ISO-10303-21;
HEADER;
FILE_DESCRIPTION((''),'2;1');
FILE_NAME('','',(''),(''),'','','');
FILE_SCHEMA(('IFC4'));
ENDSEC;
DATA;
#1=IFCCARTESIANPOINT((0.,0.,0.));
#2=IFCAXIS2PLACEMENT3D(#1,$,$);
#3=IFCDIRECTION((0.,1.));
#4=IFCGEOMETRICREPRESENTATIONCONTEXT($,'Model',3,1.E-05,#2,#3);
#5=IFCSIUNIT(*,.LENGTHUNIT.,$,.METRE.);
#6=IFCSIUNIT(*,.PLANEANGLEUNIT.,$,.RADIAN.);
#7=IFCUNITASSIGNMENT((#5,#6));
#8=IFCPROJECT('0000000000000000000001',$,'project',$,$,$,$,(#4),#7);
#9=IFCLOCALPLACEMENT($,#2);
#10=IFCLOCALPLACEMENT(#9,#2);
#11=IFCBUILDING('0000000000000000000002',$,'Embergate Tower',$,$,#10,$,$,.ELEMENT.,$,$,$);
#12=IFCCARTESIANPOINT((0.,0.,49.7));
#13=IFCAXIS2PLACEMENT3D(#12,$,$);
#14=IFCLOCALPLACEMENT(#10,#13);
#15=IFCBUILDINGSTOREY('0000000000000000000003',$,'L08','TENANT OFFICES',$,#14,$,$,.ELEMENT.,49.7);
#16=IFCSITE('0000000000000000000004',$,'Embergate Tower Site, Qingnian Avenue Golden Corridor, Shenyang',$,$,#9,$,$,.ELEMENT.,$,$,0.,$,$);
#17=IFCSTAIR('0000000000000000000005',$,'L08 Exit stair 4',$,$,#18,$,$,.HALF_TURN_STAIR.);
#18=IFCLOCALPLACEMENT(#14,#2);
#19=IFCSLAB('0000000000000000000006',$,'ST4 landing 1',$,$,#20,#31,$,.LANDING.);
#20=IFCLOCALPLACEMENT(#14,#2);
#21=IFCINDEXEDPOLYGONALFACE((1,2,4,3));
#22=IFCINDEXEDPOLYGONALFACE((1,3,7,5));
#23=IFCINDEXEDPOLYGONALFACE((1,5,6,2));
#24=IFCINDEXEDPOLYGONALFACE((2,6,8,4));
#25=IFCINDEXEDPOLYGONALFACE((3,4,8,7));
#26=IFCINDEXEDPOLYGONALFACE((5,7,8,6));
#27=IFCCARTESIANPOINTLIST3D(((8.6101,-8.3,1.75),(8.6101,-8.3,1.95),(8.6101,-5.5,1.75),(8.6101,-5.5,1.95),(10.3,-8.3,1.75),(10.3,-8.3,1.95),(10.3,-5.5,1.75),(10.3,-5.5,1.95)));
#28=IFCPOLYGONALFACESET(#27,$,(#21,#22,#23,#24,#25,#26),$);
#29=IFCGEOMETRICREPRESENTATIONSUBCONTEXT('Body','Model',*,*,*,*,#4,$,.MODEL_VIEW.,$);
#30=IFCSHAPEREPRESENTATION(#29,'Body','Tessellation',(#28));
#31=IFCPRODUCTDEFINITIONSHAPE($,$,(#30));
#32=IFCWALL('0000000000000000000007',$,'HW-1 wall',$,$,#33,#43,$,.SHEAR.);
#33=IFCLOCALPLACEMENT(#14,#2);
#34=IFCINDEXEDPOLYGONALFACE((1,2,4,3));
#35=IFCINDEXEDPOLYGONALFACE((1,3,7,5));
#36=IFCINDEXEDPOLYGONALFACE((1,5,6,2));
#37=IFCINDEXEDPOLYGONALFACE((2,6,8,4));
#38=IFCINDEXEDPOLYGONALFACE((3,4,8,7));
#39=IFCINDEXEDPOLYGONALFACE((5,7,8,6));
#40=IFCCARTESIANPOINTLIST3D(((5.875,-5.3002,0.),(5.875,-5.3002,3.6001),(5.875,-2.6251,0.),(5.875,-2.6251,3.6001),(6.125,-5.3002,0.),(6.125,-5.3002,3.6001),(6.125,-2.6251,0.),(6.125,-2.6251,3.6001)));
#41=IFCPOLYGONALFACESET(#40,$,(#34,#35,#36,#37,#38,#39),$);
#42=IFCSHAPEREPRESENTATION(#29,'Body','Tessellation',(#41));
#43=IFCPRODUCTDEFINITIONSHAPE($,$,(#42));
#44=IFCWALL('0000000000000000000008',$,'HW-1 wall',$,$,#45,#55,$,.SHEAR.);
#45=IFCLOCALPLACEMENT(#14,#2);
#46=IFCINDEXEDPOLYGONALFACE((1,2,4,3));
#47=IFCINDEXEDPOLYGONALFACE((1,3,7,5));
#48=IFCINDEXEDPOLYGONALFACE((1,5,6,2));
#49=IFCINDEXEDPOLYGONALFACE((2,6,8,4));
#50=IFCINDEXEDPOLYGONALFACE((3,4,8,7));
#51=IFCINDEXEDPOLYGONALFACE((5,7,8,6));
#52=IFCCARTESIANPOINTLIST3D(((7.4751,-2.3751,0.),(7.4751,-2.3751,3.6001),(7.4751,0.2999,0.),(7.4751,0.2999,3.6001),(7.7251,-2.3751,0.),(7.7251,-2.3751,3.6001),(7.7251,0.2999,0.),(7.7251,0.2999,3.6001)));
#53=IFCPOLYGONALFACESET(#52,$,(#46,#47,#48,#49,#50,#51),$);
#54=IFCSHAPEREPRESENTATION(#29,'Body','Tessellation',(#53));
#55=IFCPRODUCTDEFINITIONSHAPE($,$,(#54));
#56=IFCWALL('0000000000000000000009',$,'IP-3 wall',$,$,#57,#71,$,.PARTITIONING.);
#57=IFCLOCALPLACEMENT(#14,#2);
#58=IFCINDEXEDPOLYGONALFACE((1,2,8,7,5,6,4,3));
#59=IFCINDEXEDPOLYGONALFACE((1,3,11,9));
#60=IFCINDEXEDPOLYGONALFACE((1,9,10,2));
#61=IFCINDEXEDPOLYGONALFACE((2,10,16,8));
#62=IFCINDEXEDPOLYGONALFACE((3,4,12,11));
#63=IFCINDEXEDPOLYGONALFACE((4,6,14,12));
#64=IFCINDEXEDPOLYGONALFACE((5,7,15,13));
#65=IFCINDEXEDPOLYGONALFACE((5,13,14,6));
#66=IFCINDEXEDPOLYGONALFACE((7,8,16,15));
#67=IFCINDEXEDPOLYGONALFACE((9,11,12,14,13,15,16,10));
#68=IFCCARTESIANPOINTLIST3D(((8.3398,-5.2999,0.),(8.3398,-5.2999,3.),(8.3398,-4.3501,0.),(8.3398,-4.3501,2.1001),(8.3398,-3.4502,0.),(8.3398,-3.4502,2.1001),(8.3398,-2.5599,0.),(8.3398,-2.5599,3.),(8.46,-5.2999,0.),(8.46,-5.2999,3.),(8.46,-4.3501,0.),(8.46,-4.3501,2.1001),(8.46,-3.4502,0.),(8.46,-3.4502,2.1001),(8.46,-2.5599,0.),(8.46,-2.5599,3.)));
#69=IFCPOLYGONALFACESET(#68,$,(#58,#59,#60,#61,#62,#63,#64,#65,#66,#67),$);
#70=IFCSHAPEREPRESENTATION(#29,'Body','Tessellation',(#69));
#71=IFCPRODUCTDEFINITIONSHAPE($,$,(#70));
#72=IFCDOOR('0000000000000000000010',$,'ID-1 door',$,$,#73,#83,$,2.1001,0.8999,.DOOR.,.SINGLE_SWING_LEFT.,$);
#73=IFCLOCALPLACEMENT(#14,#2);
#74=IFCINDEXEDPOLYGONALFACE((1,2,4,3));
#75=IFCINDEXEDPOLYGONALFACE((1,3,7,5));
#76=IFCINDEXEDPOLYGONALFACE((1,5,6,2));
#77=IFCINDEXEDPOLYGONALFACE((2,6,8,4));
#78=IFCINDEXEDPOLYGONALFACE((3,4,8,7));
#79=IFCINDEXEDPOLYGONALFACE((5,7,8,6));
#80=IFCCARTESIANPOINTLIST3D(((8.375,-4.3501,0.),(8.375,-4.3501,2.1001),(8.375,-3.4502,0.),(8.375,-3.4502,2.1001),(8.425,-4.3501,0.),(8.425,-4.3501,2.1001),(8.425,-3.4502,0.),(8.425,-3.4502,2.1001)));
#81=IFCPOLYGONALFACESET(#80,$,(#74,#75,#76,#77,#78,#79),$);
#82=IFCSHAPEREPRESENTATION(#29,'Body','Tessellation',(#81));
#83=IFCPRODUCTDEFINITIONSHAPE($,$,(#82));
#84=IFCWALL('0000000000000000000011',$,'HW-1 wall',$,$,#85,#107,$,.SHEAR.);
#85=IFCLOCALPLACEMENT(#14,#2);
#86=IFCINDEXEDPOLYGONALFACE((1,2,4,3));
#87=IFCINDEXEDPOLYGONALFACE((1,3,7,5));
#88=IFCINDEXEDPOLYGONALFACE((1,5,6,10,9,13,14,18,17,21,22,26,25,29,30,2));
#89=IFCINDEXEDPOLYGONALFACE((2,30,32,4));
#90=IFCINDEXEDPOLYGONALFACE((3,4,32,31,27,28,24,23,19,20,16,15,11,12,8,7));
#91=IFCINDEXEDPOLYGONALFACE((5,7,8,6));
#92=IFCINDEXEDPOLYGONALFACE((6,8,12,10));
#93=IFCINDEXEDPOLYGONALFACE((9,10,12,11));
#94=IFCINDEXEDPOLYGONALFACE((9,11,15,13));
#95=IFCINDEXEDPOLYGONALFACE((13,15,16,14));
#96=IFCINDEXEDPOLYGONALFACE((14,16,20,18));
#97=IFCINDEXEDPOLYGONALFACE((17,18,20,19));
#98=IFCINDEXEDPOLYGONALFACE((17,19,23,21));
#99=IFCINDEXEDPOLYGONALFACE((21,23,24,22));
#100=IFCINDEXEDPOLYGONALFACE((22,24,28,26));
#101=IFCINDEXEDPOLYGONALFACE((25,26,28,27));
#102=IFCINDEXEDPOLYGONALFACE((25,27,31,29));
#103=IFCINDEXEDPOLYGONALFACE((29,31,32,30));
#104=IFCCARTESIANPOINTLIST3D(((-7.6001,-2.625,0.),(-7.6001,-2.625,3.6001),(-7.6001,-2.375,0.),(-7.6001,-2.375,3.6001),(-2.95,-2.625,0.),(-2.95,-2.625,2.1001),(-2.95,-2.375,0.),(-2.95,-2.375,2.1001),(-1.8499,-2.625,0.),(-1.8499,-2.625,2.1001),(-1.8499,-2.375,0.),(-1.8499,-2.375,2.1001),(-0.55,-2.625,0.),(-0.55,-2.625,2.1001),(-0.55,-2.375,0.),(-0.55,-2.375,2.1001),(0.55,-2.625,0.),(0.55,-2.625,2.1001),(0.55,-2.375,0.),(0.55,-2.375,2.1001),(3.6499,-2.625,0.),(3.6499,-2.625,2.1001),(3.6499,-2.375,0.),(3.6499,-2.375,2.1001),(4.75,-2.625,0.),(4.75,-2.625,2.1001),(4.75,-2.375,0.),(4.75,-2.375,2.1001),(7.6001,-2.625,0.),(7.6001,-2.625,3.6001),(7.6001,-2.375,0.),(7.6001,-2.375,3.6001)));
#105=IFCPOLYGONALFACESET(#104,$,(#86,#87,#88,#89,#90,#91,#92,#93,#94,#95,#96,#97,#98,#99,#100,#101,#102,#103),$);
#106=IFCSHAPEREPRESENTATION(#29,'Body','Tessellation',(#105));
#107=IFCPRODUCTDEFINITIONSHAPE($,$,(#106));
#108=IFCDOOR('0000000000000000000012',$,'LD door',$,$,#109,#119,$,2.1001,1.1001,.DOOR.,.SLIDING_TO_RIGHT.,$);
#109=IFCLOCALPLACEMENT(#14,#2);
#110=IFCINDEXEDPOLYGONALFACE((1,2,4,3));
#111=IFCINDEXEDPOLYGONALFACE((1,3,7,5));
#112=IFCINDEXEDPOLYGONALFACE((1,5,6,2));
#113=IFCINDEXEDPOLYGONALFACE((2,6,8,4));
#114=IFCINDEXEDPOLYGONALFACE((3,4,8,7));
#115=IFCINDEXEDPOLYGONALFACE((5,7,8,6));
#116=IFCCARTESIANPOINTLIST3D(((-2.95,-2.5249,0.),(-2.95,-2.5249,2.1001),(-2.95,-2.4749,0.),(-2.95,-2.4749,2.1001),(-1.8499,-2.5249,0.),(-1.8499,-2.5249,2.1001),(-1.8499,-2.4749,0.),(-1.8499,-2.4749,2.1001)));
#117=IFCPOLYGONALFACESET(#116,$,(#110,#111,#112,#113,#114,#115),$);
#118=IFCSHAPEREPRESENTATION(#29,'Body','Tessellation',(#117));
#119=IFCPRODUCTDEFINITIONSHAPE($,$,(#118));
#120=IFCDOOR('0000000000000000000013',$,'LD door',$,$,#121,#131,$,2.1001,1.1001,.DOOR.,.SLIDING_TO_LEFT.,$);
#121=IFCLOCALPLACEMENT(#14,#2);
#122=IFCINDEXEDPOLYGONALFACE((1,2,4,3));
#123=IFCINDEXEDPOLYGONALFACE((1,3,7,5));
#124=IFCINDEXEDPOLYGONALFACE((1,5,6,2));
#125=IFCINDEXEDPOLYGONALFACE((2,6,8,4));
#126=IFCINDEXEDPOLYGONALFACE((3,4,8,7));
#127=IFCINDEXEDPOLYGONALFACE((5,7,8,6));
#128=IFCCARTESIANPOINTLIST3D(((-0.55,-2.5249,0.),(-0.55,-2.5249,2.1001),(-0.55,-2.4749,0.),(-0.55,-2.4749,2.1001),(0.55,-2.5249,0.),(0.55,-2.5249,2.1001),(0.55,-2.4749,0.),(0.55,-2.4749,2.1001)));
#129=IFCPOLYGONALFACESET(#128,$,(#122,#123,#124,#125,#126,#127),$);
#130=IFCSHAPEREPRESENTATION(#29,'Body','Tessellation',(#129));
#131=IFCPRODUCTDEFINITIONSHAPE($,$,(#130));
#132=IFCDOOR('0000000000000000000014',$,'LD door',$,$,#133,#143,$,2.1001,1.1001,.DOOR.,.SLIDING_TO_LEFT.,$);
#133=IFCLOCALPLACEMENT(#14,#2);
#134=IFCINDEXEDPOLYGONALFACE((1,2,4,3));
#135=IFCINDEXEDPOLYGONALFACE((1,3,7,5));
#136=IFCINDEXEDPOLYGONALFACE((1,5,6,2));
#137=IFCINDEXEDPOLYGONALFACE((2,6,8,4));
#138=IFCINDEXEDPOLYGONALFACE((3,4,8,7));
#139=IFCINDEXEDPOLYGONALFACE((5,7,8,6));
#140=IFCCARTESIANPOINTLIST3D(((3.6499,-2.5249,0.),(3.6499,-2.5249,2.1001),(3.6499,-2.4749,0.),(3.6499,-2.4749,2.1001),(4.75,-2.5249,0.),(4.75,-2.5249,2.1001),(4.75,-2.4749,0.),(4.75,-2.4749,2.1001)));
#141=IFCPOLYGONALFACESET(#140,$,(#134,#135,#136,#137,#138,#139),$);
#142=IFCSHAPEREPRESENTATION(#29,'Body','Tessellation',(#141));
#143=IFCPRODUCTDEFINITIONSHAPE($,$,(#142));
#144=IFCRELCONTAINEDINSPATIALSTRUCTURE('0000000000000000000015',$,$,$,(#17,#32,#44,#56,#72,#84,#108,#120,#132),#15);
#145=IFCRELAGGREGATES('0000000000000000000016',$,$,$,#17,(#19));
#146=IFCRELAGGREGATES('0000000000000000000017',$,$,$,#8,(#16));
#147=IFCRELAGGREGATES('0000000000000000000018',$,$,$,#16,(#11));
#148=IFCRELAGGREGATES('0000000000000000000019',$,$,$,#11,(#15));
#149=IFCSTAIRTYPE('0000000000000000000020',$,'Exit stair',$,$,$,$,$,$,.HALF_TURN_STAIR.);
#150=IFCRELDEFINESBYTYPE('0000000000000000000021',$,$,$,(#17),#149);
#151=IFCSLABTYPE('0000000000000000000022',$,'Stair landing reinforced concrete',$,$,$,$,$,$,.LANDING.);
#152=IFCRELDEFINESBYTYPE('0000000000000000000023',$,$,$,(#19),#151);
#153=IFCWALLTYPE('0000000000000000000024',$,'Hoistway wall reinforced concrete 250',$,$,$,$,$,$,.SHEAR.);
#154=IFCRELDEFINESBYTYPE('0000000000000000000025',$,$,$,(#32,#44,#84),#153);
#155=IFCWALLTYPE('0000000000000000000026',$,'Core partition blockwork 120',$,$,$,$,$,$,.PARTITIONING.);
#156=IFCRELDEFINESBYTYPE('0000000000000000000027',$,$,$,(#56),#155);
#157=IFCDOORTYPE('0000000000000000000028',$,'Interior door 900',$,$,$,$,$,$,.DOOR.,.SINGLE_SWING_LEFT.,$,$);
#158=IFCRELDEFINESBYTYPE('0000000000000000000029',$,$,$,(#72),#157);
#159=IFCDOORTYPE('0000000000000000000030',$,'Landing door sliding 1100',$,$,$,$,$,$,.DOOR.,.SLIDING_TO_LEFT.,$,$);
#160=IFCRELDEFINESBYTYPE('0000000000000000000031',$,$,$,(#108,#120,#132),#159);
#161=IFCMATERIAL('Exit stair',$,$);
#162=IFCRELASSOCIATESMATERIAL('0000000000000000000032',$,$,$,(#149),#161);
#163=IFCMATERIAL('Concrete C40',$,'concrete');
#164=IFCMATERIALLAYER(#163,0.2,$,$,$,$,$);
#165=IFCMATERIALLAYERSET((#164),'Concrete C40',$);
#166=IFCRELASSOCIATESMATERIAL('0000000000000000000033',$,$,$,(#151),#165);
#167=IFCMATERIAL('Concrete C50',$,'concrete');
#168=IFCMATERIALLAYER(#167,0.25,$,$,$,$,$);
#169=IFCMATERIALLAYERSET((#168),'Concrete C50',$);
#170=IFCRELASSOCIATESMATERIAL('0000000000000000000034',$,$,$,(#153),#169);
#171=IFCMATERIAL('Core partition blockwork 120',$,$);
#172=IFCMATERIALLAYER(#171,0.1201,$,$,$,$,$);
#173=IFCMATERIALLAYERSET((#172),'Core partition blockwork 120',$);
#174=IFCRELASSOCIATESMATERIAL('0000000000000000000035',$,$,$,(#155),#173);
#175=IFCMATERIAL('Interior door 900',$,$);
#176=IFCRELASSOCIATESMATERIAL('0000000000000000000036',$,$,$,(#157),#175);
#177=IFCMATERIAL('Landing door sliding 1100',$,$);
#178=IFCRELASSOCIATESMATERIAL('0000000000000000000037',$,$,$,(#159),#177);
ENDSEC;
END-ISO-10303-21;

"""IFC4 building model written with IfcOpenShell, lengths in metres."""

from ifc_helpers import new_model, si_unit, direction, frame, frame_2d, origin, place, context, subcontext, project, spatial, polyline, rectangle, outline, extrude, source, transform, mapped, material, layer, layer_set, type_object, element, fill, aggregate, save


model = new_model("IFC4")

# Units and contexts
model_context = context("Model", 3, precision=1e-05, world=origin(), true_north=direction((0.0, 1.0)))
body_context = subcontext(model_context, "Body", "Model", "MODEL_VIEW")
ifc_project = project(units=[si_unit("LENGTHUNIT", "METRE"), si_unit("PLANEANGLEUNIT", "RADIAN")], contexts=[model_context])

# Site, building, storey
site_placement = place(None, origin())
site = spatial("IfcSite", under=ifc_project, at=site_placement, Name="Embergate Tower Site, Qingnian Avenue Golden Corridor, Shenyang", CompositionType="ELEMENT", RefElevation=0.0)
building_placement = place(site_placement, origin())
building = spatial("IfcBuilding", under=site, at=building_placement, Name="Embergate Tower", CompositionType="ELEMENT")
storey_placement = place(building_placement, frame((0.0, 0.0, 49.7)))
storey = spatial("IfcBuildingStorey", under=building, at=storey_placement, Name="L08", Description="TENANT OFFICES", CompositionType="ELEMENT", Elevation=49.7)

# Stair, slab
ifc_material_1 = material(Name="Exit stair")
stair_type = type_object("IfcStairType", Name="Exit stair", PredefinedType="HALF_TURN_STAIR", material=ifc_material_1)
stair_placement = place(storey_placement, origin())
stair = element("IfcStair", 1, at=stair_placement, inside=storey, type_object=stair_type, Name="L08 Exit stair 4", PredefinedType="HALF_TURN_STAIR")
ifc_material_2 = material(Name="Concrete C40", Category="concrete")
ifc_layer_1 = layer(ifc_material_2, 0.2)
ifc_layer_set_1 = layer_set([ifc_layer_1], Name="Concrete C40")
slab_type = type_object("IfcSlabType", Name="Stair landing reinforced concrete", PredefinedType="LANDING", material=ifc_layer_set_1)
shared_shape_1 = source(origin(), body_context, "Body", "SweptSolid", [
    extrude(outline(polyline([(0.0, 0.0), (1.6899, 0.0), (1.6899, 2.8), (0.0, 2.8), (0.0, 0.0)])), origin(), (0.0, 0.0, 1.0), 0.2),
])
slab_placement = place(storey_placement, frame((8.6101, -8.3, 1.75)))
slab = element("IfcSlab", 2, at=slab_placement, type_object=slab_type, Name="ST4 landing 1", PredefinedType="LANDING", context=body_context, shape_type="MappedRepresentation", body=[
    mapped(shared_shape_1, transform((0.0, 0.0, 0.0))),
])

# Walls
ifc_material_3 = material(Name="Concrete C50", Category="concrete")
ifc_layer_2 = layer(ifc_material_3, 0.25)
ifc_layer_set_2 = layer_set([ifc_layer_2], Name="Concrete C50")
wall_type_1 = type_object("IfcWallType", Name="Hoistway wall reinforced concrete 250", PredefinedType="SHEAR", material=ifc_layer_set_2)
shared_shape_2 = source(origin(), body_context, "Body", "SweptSolid", [
    extrude(rectangle(XDim=2.675, YDim=0.25, at=frame_2d((1.3374, 0.0))), origin(), (0.0, 0.0, 1.0), 3.6001),
])
for number, where, z_axis, x_axis, name in (
    (3, (6.0, -5.3, 0.0), (0.0, 0.0, 1.0), (0.0, 1.0, 0.0), "HW-1 wall"),
    (4, (7.6001, -2.375, 0.0), (0.0, 0.0, 1.0), (0.0, 1.0, 0.0), "HW-1 wall"),
):
    element("IfcWall", number, at=place(storey_placement, frame(where, z_axis=z_axis, x_axis=x_axis)), inside=storey, type_object=wall_type_1, Name=name, PredefinedType="SHEAR", context=body_context, shape_type="MappedRepresentation", body=[
        mapped(shared_shape_2, transform((0.0, 0.0, 0.0))),
    ])

# Wall, opening, door
ifc_material_4 = material(Name="Core partition blockwork 120")
ifc_layer_3 = layer(ifc_material_4, 0.1201)
ifc_layer_set_3 = layer_set([ifc_layer_3], Name="Core partition blockwork 120")
wall_type_2 = type_object("IfcWallType", Name="Core partition blockwork 120", PredefinedType="PARTITIONING", material=ifc_layer_set_3)
shared_shape_3 = source(origin(), body_context, "Body", "SweptSolid", [
    extrude(rectangle(XDim=2.74, YDim=0.1201, at=frame_2d((1.3701, 0.0))), origin(), (0.0, 0.0, 1.0), 3.0),
])
wall_1_placement = place(storey_placement, frame((8.3999, -5.3, 0.0), z_axis=(0.0, 0.0, 1.0), x_axis=(0.0, 1.0, 0.0)))
wall_1 = element("IfcWall", 5, at=wall_1_placement, inside=storey, type_object=wall_type_2, Name="IP-3 wall", PredefinedType="PARTITIONING", context=body_context, shape_type="MappedRepresentation", body=[
    mapped(shared_shape_3, transform((0.0, 0.0, 0.0))),
])
shared_shape_4 = source(origin(), body_context, "Body", "SweptSolid", [
    extrude(rectangle(XDim=0.8999, YDim=2.1001, at=frame_2d((0.45, 1.05))), frame((0.0, 0.0701, 0.0), z_axis=(0.0, -1.0, 0.0), x_axis=(1.0, 0.0, 0.0)), (0.0, 0.0, 1.0), 0.1401),
])
opening_1_placement = place(wall_1_placement, frame((0.95, 0.0, 0.0)))
opening_1 = element("IfcOpeningElement", 6, at=opening_1_placement, cuts=wall_1, PredefinedType="OPENING", context=body_context, shape_type="MappedRepresentation", body=[
    mapped(shared_shape_4, transform((0.0, 0.0, 0.0))),
])
ifc_material_5 = material(Name="Interior door 900")
door_type_1 = type_object("IfcDoorType", Name="Interior door 900", OperationType="SINGLE_SWING_LEFT", PredefinedType="DOOR", material=ifc_material_5)
shared_shape_5 = source(origin(), body_context, "Body", "SweptSolid", [
    extrude(rectangle(XDim=0.8999, YDim=2.1001, at=frame_2d((0.45, 1.05))), frame((0.0, 0.0249, 0.0), z_axis=(0.0, -1.0, 0.0), x_axis=(1.0, 0.0, 0.0)), (0.0, 0.0, 1.0), 0.05),
])
door_1_placement = place(opening_1_placement, origin())
door_1 = element("IfcDoor", 7, at=door_1_placement, inside=storey, type_object=door_type_1, Name="ID-1 door", OperationType="SINGLE_SWING_LEFT", OverallHeight=2.1001, OverallWidth=0.8999, PredefinedType="DOOR", context=body_context, shape_type="MappedRepresentation", body=[
    mapped(shared_shape_5, transform((0.0, 0.0, 0.0))),
])
fill(opening_1, door_1)

# Wall, openings, doors
shared_shape_6 = source(origin(), body_context, "Body", "SweptSolid", [
    extrude(rectangle(XDim=15.2002, YDim=0.25, at=frame_2d((7.6001, 0.0))), origin(), (0.0, 0.0, 1.0), 3.6001),
])
wall_2_placement = place(storey_placement, frame((7.6001, -2.5, 0.0), z_axis=(0.0, 0.0, 1.0), x_axis=(-1.0, 0.0, 0.0)))
wall_2 = element("IfcWall", 8, at=wall_2_placement, inside=storey, type_object=wall_type_1, Name="HW-1 wall", PredefinedType="SHEAR", context=body_context, shape_type="MappedRepresentation", body=[
    mapped(shared_shape_6, transform((0.0, 0.0, 0.0))),
])
shared_shape_7 = source(origin(), body_context, "Body", "SweptSolid", [
    extrude(rectangle(XDim=1.1001, YDim=2.1001, at=frame_2d((0.55, 1.05))), frame((0.0, 0.135, 0.0), z_axis=(0.0, -1.0, 0.0), x_axis=(1.0, 0.0, 0.0)), (0.0, 0.0, 1.0), 0.27),
])
opening_2_placement = place(wall_2_placement, frame((9.45, 0.0, 0.0)))
opening_2 = element("IfcOpeningElement", 9, at=opening_2_placement, cuts=wall_2, PredefinedType="OPENING", context=body_context, shape_type="MappedRepresentation", body=[
    mapped(shared_shape_7, transform((0.0, 0.0, 0.0))),
])
opening_3_placement = place(wall_2_placement, frame((7.05, 0.0, 0.0)))
opening_3 = element("IfcOpeningElement", 10, at=opening_3_placement, cuts=wall_2, PredefinedType="OPENING", context=body_context, shape_type="MappedRepresentation", body=[
    mapped(shared_shape_7, transform((0.0, 0.0, 0.0))),
])
opening_4_placement = place(wall_2_placement, frame((2.8501, 0.0, 0.0)))
opening_4 = element("IfcOpeningElement", 11, at=opening_4_placement, cuts=wall_2, PredefinedType="OPENING", context=body_context, shape_type="MappedRepresentation", body=[
    mapped(shared_shape_7, transform((0.0, 0.0, 0.0))),
])
ifc_material_6 = material(Name="Landing door sliding 1100")
door_type_2 = type_object("IfcDoorType", Name="Landing door sliding 1100", OperationType="SLIDING_TO_LEFT", PredefinedType="DOOR", material=ifc_material_6)
shared_shape_8 = source(origin(), body_context, "Body", "SweptSolid", [
    extrude(rectangle(XDim=1.1001, YDim=2.1001, at=frame_2d((0.55, 1.05))), frame((0.0, 0.0249, 0.0), z_axis=(0.0, -1.0, 0.0), x_axis=(1.0, 0.0, 0.0)), (0.0, 0.0, 1.0), 0.05),
])
door_2_placement = place(opening_2_placement, origin())
door_2 = element("IfcDoor", 12, at=door_2_placement, inside=storey, type_object=door_type_2, Name="LD door", OperationType="SLIDING_TO_RIGHT", OverallHeight=2.1001, OverallWidth=1.1001, PredefinedType="DOOR", context=body_context, shape_type="MappedRepresentation", body=[
    mapped(shared_shape_8, transform((0.0, 0.0, 0.0))),
])
fill(opening_2, door_2)
door_3_placement = place(opening_3_placement, origin())
door_3 = element("IfcDoor", 13, at=door_3_placement, inside=storey, type_object=door_type_2, Name="LD door", OperationType="SLIDING_TO_LEFT", OverallHeight=2.1001, OverallWidth=1.1001, PredefinedType="DOOR", context=body_context, shape_type="MappedRepresentation", body=[
    mapped(shared_shape_8, transform((0.0, 0.0, 0.0))),
])
fill(opening_3, door_3)
door_4_placement = place(opening_4_placement, origin())
door_4 = element("IfcDoor", 14, at=door_4_placement, inside=storey, type_object=door_type_2, Name="LD door", OperationType="SLIDING_TO_LEFT", OverallHeight=2.1001, OverallWidth=1.1001, PredefinedType="DOOR", context=body_context, shape_type="MappedRepresentation", body=[
    mapped(shared_shape_8, transform((0.0, 0.0, 0.0))),
])
fill(opening_4, door_4)

aggregate(stair, [slab])

save(model, "model.ifc")
